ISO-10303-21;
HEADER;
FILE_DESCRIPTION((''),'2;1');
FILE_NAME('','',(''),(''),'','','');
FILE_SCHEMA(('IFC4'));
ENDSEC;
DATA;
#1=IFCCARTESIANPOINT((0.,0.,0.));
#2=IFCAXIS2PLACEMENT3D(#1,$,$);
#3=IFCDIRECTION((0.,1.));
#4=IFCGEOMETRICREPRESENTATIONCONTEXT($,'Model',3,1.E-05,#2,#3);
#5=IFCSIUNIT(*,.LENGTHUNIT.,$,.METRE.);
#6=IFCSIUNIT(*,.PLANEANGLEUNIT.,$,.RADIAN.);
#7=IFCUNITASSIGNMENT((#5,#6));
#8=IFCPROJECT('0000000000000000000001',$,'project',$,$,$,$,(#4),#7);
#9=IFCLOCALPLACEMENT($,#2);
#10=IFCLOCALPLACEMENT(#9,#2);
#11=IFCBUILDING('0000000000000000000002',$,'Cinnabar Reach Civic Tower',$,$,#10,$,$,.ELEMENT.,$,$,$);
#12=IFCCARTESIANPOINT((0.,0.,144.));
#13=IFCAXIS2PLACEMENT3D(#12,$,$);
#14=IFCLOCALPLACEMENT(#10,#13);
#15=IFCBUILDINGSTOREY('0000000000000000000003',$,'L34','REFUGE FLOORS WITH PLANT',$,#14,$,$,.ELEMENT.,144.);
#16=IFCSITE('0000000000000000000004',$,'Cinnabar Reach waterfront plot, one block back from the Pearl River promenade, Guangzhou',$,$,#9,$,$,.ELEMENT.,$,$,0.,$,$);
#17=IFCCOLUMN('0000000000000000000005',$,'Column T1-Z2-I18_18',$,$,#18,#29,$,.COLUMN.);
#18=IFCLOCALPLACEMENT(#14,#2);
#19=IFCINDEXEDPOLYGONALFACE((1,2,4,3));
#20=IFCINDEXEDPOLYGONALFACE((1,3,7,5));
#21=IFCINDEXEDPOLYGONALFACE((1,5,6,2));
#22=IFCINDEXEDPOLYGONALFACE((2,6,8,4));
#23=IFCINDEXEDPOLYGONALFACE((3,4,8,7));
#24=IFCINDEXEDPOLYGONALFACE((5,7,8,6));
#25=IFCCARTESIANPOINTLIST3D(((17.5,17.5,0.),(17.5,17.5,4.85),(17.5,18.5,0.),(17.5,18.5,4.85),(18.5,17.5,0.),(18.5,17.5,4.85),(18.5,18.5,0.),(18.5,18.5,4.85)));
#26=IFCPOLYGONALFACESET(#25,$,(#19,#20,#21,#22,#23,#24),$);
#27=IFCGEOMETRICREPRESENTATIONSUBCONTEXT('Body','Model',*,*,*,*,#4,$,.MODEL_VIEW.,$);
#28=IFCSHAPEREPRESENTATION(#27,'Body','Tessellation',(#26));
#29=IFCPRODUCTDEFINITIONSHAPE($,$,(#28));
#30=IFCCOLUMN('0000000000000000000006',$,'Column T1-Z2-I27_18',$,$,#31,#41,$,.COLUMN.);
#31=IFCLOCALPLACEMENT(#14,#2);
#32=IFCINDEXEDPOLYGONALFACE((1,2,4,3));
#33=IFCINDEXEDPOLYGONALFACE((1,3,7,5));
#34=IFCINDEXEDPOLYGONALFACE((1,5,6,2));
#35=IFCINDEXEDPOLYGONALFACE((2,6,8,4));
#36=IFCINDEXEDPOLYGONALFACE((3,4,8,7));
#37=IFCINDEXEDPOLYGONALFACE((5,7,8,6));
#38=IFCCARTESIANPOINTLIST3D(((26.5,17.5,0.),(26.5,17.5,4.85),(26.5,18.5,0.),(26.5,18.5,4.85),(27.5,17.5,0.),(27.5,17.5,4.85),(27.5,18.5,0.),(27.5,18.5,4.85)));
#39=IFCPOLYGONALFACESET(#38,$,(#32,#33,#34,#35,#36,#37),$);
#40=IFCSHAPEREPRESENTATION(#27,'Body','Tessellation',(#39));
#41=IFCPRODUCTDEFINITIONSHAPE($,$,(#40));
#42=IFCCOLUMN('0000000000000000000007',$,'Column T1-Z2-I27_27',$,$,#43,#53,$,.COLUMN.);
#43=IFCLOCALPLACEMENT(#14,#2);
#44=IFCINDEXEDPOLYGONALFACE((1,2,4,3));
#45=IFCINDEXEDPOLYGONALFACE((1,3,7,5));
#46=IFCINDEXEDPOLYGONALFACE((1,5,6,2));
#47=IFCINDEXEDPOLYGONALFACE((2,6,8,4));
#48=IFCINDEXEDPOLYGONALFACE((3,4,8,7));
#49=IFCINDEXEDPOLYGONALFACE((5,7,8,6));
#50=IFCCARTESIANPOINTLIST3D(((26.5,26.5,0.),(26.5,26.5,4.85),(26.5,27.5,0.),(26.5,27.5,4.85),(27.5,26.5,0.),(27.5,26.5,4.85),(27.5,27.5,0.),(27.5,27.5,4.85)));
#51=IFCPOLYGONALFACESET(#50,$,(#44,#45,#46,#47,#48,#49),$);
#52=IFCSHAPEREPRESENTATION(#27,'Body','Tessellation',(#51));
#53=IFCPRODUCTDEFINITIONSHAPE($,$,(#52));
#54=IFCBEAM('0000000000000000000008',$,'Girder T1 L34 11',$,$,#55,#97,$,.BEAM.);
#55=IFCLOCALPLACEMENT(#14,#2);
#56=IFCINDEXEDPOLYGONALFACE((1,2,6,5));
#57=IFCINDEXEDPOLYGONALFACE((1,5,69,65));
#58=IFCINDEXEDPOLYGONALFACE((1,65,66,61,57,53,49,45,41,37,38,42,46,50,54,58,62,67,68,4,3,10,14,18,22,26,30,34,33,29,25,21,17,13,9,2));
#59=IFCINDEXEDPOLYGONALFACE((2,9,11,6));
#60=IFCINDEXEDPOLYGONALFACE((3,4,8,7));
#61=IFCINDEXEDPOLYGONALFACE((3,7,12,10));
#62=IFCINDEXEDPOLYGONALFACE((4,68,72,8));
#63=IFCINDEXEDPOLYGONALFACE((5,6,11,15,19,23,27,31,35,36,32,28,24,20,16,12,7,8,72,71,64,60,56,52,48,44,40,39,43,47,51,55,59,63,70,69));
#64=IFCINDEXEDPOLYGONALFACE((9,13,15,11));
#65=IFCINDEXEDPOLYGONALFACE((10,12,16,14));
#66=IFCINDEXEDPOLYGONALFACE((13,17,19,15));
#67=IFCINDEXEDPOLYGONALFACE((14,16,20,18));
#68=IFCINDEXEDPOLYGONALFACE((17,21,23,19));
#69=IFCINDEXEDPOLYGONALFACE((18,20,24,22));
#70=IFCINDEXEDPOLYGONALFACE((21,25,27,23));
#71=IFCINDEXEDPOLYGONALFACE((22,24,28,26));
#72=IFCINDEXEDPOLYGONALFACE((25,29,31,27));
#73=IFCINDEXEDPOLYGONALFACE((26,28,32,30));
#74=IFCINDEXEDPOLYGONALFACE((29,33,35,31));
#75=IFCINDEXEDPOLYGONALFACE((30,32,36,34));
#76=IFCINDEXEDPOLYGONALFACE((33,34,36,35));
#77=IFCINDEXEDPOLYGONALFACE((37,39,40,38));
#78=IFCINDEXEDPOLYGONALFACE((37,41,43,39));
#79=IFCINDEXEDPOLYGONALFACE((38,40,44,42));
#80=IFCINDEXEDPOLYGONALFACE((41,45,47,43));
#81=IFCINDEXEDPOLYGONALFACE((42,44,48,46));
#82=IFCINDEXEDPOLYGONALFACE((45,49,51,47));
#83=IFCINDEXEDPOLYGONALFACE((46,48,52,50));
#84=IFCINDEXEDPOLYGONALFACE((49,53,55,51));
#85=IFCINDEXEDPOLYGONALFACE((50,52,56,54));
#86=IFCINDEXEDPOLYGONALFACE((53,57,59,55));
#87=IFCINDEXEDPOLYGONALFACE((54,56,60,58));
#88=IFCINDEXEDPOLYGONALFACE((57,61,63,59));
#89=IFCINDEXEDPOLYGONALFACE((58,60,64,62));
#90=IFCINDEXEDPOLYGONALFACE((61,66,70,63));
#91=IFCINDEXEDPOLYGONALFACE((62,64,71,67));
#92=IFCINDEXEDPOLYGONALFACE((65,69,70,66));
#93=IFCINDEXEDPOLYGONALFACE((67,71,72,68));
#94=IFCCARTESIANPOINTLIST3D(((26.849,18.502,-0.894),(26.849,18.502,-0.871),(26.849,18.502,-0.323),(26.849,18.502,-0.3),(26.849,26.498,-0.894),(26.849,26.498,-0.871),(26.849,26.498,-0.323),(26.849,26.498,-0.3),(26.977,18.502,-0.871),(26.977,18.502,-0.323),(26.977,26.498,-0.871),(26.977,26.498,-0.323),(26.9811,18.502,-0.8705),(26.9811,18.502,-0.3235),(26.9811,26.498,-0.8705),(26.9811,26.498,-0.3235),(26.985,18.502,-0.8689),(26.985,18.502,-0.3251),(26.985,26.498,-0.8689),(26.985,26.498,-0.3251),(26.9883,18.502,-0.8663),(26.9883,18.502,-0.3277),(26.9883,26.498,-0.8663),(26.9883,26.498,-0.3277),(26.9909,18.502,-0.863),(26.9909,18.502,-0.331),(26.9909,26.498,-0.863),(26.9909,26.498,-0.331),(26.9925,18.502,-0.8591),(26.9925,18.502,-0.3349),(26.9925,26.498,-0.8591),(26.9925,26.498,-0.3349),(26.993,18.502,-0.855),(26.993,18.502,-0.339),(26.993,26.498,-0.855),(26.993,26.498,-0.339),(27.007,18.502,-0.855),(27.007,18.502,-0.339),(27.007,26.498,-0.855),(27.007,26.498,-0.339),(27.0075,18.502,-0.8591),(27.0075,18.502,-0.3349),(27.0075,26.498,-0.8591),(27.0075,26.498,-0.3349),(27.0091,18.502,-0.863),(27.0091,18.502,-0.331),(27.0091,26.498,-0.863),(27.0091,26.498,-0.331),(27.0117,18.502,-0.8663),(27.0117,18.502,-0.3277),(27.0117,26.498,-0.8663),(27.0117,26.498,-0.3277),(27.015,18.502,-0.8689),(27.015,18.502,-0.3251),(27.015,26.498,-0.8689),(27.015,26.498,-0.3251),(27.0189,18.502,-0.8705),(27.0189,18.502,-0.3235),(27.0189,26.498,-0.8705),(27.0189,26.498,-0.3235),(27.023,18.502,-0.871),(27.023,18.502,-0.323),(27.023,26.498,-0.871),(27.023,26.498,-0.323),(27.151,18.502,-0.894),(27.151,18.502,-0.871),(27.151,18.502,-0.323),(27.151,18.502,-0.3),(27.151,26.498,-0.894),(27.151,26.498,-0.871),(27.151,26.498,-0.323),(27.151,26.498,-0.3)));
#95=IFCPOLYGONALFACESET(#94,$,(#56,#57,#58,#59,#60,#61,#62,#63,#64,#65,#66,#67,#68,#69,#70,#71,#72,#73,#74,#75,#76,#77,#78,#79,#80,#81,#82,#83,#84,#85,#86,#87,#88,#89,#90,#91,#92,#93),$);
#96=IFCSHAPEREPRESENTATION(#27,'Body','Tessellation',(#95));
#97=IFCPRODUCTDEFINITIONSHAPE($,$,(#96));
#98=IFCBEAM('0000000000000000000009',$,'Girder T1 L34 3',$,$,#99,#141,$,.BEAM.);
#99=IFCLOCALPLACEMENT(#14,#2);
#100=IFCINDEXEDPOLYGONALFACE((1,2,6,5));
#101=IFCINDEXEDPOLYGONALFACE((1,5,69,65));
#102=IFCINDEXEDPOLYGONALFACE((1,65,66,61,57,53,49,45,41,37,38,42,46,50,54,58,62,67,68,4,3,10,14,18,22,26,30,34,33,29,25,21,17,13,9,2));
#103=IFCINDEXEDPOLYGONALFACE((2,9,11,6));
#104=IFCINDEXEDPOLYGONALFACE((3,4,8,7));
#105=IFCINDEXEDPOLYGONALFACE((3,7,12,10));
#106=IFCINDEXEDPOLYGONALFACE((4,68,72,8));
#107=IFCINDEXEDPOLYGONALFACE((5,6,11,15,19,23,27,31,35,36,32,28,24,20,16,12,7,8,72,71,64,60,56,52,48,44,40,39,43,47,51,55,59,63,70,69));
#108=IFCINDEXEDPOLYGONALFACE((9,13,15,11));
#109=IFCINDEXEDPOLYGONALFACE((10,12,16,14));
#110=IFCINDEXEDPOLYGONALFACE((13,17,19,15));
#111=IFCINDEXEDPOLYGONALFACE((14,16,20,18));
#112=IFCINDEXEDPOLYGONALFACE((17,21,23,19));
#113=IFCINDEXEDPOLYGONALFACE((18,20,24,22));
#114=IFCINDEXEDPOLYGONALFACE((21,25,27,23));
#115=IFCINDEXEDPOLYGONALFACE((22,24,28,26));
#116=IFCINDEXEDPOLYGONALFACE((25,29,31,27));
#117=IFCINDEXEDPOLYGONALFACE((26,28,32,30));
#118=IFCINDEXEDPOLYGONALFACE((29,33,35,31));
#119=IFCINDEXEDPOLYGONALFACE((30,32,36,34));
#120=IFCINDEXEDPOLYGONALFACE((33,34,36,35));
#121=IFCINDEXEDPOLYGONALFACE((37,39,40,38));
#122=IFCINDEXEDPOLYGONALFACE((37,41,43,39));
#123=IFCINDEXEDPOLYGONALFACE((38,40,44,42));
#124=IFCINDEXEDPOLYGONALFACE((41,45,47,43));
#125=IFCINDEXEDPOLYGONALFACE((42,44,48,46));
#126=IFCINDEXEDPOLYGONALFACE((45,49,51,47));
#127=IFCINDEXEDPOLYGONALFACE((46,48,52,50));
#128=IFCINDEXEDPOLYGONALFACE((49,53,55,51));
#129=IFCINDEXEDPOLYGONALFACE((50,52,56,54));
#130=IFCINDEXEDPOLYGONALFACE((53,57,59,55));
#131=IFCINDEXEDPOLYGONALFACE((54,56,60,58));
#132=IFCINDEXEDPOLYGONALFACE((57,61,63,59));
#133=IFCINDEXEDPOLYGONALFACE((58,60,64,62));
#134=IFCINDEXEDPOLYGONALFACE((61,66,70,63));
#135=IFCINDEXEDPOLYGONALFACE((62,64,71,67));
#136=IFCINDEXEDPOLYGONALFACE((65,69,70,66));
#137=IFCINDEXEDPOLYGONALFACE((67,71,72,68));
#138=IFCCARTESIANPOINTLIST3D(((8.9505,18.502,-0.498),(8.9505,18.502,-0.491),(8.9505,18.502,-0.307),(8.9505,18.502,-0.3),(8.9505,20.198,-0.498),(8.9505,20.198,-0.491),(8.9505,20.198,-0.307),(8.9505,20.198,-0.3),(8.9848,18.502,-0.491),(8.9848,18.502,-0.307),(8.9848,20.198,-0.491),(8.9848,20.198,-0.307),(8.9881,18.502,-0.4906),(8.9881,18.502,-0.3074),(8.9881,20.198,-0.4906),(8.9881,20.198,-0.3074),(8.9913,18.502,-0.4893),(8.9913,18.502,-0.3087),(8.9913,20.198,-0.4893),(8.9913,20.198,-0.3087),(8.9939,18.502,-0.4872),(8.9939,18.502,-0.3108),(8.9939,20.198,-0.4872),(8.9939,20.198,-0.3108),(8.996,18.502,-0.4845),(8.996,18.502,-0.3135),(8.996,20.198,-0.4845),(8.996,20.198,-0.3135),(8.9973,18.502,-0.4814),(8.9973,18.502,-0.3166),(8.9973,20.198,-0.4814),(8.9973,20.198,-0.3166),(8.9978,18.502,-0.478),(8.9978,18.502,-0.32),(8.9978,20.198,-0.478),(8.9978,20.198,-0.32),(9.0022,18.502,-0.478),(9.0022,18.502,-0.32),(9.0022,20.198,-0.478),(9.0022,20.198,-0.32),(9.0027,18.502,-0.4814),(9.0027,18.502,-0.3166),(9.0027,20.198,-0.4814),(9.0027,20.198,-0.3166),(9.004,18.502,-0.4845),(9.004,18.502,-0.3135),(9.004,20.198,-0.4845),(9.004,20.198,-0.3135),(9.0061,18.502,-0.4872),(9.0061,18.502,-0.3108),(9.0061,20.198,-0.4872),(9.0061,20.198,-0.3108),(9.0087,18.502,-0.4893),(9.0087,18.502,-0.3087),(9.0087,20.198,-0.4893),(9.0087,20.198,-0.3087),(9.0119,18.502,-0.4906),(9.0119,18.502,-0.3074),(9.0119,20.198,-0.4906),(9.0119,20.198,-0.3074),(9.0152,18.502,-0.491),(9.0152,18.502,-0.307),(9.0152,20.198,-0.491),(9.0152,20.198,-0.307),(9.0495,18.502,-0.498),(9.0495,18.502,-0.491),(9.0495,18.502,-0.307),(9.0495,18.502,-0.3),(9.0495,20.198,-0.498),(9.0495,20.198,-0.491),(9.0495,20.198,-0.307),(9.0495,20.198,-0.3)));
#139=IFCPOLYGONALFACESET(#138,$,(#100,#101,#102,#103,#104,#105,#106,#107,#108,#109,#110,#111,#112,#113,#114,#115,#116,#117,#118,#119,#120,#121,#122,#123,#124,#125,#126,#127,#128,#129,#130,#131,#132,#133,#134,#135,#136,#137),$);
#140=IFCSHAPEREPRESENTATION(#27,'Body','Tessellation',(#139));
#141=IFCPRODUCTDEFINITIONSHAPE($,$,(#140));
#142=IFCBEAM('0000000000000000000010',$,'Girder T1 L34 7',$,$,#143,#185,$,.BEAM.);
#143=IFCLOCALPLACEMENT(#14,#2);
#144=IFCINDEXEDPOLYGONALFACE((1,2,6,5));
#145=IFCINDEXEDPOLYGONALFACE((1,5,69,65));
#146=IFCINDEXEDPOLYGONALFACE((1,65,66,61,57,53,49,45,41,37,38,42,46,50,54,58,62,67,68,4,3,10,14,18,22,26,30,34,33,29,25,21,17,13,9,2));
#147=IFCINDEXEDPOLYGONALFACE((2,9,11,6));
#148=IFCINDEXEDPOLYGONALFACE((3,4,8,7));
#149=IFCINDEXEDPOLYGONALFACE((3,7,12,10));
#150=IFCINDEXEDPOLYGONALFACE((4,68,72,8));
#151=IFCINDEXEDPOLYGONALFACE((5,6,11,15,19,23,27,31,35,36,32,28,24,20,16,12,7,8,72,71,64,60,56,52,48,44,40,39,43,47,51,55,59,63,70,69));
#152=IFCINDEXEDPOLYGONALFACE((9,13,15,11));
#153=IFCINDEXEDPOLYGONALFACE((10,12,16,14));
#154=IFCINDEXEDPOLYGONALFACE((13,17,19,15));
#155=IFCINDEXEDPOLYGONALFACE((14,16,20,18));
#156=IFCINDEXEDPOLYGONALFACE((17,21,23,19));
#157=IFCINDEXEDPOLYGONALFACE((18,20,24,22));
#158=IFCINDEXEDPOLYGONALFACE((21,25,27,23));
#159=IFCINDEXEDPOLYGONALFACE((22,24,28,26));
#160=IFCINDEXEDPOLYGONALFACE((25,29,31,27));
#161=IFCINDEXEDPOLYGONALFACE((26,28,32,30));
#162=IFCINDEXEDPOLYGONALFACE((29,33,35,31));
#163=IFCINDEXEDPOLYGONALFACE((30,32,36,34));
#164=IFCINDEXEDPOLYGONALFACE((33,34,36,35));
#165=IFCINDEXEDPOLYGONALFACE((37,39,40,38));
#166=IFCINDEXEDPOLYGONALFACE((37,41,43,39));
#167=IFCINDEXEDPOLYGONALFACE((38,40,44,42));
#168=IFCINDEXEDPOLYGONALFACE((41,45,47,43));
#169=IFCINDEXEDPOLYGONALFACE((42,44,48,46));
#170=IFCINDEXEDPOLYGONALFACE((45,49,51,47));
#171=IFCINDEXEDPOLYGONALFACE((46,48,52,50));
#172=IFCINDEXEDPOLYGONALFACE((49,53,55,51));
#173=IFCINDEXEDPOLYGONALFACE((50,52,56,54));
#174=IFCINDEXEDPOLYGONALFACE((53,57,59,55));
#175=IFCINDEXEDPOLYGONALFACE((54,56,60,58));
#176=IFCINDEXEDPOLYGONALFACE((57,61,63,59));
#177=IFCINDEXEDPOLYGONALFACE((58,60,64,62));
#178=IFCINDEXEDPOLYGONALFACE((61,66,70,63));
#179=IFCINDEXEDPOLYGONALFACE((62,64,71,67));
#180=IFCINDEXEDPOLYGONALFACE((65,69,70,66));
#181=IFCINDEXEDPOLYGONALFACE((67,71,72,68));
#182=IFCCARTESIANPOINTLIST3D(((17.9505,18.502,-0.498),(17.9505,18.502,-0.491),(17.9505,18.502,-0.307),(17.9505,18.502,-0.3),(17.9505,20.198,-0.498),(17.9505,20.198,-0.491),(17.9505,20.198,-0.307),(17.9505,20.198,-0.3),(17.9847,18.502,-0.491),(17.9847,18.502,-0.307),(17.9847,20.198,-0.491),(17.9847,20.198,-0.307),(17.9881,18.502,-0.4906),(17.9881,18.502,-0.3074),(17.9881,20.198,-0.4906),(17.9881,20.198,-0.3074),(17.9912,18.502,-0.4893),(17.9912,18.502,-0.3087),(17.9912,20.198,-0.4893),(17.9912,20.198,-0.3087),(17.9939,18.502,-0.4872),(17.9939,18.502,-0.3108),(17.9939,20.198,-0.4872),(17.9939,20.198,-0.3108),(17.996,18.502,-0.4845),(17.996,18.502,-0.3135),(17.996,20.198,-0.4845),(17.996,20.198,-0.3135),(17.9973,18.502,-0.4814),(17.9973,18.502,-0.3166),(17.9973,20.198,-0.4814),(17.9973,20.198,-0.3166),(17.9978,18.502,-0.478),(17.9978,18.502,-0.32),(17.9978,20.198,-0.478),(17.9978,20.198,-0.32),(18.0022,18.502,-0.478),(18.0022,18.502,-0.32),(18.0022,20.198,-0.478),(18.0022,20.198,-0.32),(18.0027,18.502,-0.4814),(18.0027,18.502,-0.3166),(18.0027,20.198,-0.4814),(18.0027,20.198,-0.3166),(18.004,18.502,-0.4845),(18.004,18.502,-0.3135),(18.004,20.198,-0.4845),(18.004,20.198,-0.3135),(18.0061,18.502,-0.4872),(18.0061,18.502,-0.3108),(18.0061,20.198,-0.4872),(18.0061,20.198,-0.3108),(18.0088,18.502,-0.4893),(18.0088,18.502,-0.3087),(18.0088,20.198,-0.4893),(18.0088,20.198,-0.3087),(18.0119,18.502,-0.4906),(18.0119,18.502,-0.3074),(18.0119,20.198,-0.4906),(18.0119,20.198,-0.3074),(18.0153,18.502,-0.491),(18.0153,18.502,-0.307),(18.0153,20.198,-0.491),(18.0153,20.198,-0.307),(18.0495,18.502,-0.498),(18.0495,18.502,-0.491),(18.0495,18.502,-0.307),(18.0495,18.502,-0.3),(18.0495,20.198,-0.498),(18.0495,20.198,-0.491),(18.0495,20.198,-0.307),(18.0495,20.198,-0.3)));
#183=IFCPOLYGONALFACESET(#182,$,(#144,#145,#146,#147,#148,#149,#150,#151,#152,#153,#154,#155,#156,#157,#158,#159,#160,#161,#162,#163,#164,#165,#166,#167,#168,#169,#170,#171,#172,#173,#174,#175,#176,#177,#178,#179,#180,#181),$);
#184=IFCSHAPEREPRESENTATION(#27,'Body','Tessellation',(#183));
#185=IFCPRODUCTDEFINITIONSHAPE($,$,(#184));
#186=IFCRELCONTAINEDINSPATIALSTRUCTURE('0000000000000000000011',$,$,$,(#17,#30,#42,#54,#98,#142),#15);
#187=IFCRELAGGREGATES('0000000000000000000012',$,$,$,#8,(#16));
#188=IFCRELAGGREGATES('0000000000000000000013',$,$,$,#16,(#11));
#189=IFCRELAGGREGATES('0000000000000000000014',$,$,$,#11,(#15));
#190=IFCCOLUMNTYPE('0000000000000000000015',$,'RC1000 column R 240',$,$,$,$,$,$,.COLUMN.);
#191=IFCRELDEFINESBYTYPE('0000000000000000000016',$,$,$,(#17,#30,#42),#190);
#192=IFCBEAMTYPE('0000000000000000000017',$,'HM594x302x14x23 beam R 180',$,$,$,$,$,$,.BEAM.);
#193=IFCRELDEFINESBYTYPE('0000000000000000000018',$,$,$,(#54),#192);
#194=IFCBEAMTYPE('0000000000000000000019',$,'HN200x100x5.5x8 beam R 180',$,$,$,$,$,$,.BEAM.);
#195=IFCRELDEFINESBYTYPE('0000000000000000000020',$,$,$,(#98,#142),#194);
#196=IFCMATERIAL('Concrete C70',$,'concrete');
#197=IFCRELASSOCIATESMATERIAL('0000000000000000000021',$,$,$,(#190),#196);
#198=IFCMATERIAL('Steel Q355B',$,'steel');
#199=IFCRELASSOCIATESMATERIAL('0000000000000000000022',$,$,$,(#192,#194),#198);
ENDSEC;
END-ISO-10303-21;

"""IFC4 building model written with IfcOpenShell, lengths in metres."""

from ifc_helpers import new_model, si_unit, direction, frame, origin, origin_2d, place, context, subcontext, project, spatial, rectangle, i_section, extrude, material, material_profile, profile_set, type_object, element, save


model = new_model("IFC4")

# Units and contexts
model_context = context("Model", 3, precision=1e-05, world=origin(), true_north=direction((0.0, 1.0)))
body_context = subcontext(model_context, "Body", "Model", "MODEL_VIEW")
ifc_project = project(units=[si_unit("LENGTHUNIT", "METRE"), si_unit("PLANEANGLEUNIT", "RADIAN")], contexts=[model_context])

# Site, building, storey
site_placement = place(None, origin())
site = spatial("IfcSite", under=ifc_project, at=site_placement, Name="Cinnabar Reach waterfront plot, one block back from the Pearl River promenade, Guangzhou", CompositionType="ELEMENT", RefElevation=0.0)
building_placement = place(site_placement, origin())
building = spatial("IfcBuilding", under=site, at=building_placement, Name="Cinnabar Reach Civic Tower", CompositionType="ELEMENT")
storey_placement = place(building_placement, frame((0.0, 0.0, 144.0)))
storey = spatial("IfcBuildingStorey", under=building, at=storey_placement, Name="L34", Description="REFUGE FLOORS WITH PLANT", CompositionType="ELEMENT", Elevation=144.0)

# Columns
ifc_material_1 = material(Name="Concrete C70", Category="concrete")
ifc_material_profile_1 = material_profile(ifc_material_1, rectangle(XDim=1.0, YDim=1.0, at=origin_2d()), Name="RC1000")
ifc_profile_set_1 = profile_set([ifc_material_profile_1], Name="Concrete C70")
column_type = type_object("IfcColumnType", Name="RC1000 column R 240", PredefinedType="COLUMN", material=ifc_profile_set_1)
for number, where, z_axis, x_axis, name in (
    (1, (18.0, 18.0, 0.0), (0.0, 0.0, 1.0), (1.0, 0.0, 0.0), "Column T1-Z2-I18_18"),
    (2, (27.0, 18.0, 0.0), (0.0, 0.0, 1.0), (1.0, 0.0, 0.0), "Column T1-Z2-I27_18"),
    (3, (27.0, 27.0, 0.0), (0.0, 0.0, 1.0), (1.0, 0.0, 0.0), "Column T1-Z2-I27_27"),
):
    element("IfcColumn", number, at=place(storey_placement, frame(where, z_axis=z_axis, x_axis=x_axis)), inside=storey, type_object=column_type, Name=name, PredefinedType="COLUMN", context=body_context, shape_type="SweptSolid", body=[
        extrude(rectangle(XDim=1.0, YDim=1.0, at=origin_2d()), origin(), (0.0, 0.0, 1.0), 4.85),
    ])

# Beams
ifc_material_2 = material(Name="Steel Q355B", Category="steel")
ifc_material_profile_2 = material_profile(ifc_material_2, i_section(OverallWidth=0.302, OverallDepth=0.594, WebThickness=0.014, FlangeThickness=0.023, FilletRadius=0.016, at=origin_2d()), Name="HM594x302x14x23")
ifc_profile_set_2 = profile_set([ifc_material_profile_2], Name="Steel Q355B")
beam_type_1 = type_object("IfcBeamType", Name="HM594x302x14x23 beam R 180", PredefinedType="BEAM", material=ifc_profile_set_2)
beam_1_placement = place(storey_placement, frame((27.0, 18.502, -0.597), z_axis=(0.0, 1.0, 0.0), x_axis=(-1.0, 0.0, 0.0)))
element("IfcBeam", 4, at=beam_1_placement, inside=storey, type_object=beam_type_1, Name="Girder T1 L34 11", PredefinedType="BEAM", context=body_context, shape_type="SweptSolid", body=[
    extrude(i_section(OverallWidth=0.302, OverallDepth=0.594, WebThickness=0.014, FlangeThickness=0.023, FilletRadius=0.016, at=origin_2d()), origin(), (0.0, 0.0, 1.0), 7.996),
])
ifc_material_profile_3 = material_profile(ifc_material_2, i_section(OverallWidth=0.099, OverallDepth=0.198, WebThickness=0.0045, FlangeThickness=0.007, FilletRadius=0.013, at=origin_2d()), Name="HN200x100x5.5x8")
ifc_profile_set_3 = profile_set([ifc_material_profile_3], Name="Steel Q355B")
beam_type_2 = type_object("IfcBeamType", Name="HN200x100x5.5x8 beam R 180", PredefinedType="BEAM", material=ifc_profile_set_3)
for number, where, z_axis, x_axis, name in (
    (5, (9.0, 18.502, -0.399), (0.0, 1.0, 0.0), (-1.0, 0.0, 0.0), "Girder T1 L34 3"),
    (6, (18.0, 18.502, -0.399), (0.0, 1.0, 0.0), (-1.0, 0.0, 0.0), "Girder T1 L34 7"),
):
    element("IfcBeam", number, at=place(storey_placement, frame(where, z_axis=z_axis, x_axis=x_axis)), inside=storey, type_object=beam_type_2, Name=name, PredefinedType="BEAM", context=body_context, shape_type="SweptSolid", body=[
        extrude(i_section(OverallWidth=0.099, OverallDepth=0.198, WebThickness=0.0045, FlangeThickness=0.007, FilletRadius=0.013, at=origin_2d()), origin(), (0.0, 0.0, 1.0), 1.696),
    ])

save(model, "model.ifc")
